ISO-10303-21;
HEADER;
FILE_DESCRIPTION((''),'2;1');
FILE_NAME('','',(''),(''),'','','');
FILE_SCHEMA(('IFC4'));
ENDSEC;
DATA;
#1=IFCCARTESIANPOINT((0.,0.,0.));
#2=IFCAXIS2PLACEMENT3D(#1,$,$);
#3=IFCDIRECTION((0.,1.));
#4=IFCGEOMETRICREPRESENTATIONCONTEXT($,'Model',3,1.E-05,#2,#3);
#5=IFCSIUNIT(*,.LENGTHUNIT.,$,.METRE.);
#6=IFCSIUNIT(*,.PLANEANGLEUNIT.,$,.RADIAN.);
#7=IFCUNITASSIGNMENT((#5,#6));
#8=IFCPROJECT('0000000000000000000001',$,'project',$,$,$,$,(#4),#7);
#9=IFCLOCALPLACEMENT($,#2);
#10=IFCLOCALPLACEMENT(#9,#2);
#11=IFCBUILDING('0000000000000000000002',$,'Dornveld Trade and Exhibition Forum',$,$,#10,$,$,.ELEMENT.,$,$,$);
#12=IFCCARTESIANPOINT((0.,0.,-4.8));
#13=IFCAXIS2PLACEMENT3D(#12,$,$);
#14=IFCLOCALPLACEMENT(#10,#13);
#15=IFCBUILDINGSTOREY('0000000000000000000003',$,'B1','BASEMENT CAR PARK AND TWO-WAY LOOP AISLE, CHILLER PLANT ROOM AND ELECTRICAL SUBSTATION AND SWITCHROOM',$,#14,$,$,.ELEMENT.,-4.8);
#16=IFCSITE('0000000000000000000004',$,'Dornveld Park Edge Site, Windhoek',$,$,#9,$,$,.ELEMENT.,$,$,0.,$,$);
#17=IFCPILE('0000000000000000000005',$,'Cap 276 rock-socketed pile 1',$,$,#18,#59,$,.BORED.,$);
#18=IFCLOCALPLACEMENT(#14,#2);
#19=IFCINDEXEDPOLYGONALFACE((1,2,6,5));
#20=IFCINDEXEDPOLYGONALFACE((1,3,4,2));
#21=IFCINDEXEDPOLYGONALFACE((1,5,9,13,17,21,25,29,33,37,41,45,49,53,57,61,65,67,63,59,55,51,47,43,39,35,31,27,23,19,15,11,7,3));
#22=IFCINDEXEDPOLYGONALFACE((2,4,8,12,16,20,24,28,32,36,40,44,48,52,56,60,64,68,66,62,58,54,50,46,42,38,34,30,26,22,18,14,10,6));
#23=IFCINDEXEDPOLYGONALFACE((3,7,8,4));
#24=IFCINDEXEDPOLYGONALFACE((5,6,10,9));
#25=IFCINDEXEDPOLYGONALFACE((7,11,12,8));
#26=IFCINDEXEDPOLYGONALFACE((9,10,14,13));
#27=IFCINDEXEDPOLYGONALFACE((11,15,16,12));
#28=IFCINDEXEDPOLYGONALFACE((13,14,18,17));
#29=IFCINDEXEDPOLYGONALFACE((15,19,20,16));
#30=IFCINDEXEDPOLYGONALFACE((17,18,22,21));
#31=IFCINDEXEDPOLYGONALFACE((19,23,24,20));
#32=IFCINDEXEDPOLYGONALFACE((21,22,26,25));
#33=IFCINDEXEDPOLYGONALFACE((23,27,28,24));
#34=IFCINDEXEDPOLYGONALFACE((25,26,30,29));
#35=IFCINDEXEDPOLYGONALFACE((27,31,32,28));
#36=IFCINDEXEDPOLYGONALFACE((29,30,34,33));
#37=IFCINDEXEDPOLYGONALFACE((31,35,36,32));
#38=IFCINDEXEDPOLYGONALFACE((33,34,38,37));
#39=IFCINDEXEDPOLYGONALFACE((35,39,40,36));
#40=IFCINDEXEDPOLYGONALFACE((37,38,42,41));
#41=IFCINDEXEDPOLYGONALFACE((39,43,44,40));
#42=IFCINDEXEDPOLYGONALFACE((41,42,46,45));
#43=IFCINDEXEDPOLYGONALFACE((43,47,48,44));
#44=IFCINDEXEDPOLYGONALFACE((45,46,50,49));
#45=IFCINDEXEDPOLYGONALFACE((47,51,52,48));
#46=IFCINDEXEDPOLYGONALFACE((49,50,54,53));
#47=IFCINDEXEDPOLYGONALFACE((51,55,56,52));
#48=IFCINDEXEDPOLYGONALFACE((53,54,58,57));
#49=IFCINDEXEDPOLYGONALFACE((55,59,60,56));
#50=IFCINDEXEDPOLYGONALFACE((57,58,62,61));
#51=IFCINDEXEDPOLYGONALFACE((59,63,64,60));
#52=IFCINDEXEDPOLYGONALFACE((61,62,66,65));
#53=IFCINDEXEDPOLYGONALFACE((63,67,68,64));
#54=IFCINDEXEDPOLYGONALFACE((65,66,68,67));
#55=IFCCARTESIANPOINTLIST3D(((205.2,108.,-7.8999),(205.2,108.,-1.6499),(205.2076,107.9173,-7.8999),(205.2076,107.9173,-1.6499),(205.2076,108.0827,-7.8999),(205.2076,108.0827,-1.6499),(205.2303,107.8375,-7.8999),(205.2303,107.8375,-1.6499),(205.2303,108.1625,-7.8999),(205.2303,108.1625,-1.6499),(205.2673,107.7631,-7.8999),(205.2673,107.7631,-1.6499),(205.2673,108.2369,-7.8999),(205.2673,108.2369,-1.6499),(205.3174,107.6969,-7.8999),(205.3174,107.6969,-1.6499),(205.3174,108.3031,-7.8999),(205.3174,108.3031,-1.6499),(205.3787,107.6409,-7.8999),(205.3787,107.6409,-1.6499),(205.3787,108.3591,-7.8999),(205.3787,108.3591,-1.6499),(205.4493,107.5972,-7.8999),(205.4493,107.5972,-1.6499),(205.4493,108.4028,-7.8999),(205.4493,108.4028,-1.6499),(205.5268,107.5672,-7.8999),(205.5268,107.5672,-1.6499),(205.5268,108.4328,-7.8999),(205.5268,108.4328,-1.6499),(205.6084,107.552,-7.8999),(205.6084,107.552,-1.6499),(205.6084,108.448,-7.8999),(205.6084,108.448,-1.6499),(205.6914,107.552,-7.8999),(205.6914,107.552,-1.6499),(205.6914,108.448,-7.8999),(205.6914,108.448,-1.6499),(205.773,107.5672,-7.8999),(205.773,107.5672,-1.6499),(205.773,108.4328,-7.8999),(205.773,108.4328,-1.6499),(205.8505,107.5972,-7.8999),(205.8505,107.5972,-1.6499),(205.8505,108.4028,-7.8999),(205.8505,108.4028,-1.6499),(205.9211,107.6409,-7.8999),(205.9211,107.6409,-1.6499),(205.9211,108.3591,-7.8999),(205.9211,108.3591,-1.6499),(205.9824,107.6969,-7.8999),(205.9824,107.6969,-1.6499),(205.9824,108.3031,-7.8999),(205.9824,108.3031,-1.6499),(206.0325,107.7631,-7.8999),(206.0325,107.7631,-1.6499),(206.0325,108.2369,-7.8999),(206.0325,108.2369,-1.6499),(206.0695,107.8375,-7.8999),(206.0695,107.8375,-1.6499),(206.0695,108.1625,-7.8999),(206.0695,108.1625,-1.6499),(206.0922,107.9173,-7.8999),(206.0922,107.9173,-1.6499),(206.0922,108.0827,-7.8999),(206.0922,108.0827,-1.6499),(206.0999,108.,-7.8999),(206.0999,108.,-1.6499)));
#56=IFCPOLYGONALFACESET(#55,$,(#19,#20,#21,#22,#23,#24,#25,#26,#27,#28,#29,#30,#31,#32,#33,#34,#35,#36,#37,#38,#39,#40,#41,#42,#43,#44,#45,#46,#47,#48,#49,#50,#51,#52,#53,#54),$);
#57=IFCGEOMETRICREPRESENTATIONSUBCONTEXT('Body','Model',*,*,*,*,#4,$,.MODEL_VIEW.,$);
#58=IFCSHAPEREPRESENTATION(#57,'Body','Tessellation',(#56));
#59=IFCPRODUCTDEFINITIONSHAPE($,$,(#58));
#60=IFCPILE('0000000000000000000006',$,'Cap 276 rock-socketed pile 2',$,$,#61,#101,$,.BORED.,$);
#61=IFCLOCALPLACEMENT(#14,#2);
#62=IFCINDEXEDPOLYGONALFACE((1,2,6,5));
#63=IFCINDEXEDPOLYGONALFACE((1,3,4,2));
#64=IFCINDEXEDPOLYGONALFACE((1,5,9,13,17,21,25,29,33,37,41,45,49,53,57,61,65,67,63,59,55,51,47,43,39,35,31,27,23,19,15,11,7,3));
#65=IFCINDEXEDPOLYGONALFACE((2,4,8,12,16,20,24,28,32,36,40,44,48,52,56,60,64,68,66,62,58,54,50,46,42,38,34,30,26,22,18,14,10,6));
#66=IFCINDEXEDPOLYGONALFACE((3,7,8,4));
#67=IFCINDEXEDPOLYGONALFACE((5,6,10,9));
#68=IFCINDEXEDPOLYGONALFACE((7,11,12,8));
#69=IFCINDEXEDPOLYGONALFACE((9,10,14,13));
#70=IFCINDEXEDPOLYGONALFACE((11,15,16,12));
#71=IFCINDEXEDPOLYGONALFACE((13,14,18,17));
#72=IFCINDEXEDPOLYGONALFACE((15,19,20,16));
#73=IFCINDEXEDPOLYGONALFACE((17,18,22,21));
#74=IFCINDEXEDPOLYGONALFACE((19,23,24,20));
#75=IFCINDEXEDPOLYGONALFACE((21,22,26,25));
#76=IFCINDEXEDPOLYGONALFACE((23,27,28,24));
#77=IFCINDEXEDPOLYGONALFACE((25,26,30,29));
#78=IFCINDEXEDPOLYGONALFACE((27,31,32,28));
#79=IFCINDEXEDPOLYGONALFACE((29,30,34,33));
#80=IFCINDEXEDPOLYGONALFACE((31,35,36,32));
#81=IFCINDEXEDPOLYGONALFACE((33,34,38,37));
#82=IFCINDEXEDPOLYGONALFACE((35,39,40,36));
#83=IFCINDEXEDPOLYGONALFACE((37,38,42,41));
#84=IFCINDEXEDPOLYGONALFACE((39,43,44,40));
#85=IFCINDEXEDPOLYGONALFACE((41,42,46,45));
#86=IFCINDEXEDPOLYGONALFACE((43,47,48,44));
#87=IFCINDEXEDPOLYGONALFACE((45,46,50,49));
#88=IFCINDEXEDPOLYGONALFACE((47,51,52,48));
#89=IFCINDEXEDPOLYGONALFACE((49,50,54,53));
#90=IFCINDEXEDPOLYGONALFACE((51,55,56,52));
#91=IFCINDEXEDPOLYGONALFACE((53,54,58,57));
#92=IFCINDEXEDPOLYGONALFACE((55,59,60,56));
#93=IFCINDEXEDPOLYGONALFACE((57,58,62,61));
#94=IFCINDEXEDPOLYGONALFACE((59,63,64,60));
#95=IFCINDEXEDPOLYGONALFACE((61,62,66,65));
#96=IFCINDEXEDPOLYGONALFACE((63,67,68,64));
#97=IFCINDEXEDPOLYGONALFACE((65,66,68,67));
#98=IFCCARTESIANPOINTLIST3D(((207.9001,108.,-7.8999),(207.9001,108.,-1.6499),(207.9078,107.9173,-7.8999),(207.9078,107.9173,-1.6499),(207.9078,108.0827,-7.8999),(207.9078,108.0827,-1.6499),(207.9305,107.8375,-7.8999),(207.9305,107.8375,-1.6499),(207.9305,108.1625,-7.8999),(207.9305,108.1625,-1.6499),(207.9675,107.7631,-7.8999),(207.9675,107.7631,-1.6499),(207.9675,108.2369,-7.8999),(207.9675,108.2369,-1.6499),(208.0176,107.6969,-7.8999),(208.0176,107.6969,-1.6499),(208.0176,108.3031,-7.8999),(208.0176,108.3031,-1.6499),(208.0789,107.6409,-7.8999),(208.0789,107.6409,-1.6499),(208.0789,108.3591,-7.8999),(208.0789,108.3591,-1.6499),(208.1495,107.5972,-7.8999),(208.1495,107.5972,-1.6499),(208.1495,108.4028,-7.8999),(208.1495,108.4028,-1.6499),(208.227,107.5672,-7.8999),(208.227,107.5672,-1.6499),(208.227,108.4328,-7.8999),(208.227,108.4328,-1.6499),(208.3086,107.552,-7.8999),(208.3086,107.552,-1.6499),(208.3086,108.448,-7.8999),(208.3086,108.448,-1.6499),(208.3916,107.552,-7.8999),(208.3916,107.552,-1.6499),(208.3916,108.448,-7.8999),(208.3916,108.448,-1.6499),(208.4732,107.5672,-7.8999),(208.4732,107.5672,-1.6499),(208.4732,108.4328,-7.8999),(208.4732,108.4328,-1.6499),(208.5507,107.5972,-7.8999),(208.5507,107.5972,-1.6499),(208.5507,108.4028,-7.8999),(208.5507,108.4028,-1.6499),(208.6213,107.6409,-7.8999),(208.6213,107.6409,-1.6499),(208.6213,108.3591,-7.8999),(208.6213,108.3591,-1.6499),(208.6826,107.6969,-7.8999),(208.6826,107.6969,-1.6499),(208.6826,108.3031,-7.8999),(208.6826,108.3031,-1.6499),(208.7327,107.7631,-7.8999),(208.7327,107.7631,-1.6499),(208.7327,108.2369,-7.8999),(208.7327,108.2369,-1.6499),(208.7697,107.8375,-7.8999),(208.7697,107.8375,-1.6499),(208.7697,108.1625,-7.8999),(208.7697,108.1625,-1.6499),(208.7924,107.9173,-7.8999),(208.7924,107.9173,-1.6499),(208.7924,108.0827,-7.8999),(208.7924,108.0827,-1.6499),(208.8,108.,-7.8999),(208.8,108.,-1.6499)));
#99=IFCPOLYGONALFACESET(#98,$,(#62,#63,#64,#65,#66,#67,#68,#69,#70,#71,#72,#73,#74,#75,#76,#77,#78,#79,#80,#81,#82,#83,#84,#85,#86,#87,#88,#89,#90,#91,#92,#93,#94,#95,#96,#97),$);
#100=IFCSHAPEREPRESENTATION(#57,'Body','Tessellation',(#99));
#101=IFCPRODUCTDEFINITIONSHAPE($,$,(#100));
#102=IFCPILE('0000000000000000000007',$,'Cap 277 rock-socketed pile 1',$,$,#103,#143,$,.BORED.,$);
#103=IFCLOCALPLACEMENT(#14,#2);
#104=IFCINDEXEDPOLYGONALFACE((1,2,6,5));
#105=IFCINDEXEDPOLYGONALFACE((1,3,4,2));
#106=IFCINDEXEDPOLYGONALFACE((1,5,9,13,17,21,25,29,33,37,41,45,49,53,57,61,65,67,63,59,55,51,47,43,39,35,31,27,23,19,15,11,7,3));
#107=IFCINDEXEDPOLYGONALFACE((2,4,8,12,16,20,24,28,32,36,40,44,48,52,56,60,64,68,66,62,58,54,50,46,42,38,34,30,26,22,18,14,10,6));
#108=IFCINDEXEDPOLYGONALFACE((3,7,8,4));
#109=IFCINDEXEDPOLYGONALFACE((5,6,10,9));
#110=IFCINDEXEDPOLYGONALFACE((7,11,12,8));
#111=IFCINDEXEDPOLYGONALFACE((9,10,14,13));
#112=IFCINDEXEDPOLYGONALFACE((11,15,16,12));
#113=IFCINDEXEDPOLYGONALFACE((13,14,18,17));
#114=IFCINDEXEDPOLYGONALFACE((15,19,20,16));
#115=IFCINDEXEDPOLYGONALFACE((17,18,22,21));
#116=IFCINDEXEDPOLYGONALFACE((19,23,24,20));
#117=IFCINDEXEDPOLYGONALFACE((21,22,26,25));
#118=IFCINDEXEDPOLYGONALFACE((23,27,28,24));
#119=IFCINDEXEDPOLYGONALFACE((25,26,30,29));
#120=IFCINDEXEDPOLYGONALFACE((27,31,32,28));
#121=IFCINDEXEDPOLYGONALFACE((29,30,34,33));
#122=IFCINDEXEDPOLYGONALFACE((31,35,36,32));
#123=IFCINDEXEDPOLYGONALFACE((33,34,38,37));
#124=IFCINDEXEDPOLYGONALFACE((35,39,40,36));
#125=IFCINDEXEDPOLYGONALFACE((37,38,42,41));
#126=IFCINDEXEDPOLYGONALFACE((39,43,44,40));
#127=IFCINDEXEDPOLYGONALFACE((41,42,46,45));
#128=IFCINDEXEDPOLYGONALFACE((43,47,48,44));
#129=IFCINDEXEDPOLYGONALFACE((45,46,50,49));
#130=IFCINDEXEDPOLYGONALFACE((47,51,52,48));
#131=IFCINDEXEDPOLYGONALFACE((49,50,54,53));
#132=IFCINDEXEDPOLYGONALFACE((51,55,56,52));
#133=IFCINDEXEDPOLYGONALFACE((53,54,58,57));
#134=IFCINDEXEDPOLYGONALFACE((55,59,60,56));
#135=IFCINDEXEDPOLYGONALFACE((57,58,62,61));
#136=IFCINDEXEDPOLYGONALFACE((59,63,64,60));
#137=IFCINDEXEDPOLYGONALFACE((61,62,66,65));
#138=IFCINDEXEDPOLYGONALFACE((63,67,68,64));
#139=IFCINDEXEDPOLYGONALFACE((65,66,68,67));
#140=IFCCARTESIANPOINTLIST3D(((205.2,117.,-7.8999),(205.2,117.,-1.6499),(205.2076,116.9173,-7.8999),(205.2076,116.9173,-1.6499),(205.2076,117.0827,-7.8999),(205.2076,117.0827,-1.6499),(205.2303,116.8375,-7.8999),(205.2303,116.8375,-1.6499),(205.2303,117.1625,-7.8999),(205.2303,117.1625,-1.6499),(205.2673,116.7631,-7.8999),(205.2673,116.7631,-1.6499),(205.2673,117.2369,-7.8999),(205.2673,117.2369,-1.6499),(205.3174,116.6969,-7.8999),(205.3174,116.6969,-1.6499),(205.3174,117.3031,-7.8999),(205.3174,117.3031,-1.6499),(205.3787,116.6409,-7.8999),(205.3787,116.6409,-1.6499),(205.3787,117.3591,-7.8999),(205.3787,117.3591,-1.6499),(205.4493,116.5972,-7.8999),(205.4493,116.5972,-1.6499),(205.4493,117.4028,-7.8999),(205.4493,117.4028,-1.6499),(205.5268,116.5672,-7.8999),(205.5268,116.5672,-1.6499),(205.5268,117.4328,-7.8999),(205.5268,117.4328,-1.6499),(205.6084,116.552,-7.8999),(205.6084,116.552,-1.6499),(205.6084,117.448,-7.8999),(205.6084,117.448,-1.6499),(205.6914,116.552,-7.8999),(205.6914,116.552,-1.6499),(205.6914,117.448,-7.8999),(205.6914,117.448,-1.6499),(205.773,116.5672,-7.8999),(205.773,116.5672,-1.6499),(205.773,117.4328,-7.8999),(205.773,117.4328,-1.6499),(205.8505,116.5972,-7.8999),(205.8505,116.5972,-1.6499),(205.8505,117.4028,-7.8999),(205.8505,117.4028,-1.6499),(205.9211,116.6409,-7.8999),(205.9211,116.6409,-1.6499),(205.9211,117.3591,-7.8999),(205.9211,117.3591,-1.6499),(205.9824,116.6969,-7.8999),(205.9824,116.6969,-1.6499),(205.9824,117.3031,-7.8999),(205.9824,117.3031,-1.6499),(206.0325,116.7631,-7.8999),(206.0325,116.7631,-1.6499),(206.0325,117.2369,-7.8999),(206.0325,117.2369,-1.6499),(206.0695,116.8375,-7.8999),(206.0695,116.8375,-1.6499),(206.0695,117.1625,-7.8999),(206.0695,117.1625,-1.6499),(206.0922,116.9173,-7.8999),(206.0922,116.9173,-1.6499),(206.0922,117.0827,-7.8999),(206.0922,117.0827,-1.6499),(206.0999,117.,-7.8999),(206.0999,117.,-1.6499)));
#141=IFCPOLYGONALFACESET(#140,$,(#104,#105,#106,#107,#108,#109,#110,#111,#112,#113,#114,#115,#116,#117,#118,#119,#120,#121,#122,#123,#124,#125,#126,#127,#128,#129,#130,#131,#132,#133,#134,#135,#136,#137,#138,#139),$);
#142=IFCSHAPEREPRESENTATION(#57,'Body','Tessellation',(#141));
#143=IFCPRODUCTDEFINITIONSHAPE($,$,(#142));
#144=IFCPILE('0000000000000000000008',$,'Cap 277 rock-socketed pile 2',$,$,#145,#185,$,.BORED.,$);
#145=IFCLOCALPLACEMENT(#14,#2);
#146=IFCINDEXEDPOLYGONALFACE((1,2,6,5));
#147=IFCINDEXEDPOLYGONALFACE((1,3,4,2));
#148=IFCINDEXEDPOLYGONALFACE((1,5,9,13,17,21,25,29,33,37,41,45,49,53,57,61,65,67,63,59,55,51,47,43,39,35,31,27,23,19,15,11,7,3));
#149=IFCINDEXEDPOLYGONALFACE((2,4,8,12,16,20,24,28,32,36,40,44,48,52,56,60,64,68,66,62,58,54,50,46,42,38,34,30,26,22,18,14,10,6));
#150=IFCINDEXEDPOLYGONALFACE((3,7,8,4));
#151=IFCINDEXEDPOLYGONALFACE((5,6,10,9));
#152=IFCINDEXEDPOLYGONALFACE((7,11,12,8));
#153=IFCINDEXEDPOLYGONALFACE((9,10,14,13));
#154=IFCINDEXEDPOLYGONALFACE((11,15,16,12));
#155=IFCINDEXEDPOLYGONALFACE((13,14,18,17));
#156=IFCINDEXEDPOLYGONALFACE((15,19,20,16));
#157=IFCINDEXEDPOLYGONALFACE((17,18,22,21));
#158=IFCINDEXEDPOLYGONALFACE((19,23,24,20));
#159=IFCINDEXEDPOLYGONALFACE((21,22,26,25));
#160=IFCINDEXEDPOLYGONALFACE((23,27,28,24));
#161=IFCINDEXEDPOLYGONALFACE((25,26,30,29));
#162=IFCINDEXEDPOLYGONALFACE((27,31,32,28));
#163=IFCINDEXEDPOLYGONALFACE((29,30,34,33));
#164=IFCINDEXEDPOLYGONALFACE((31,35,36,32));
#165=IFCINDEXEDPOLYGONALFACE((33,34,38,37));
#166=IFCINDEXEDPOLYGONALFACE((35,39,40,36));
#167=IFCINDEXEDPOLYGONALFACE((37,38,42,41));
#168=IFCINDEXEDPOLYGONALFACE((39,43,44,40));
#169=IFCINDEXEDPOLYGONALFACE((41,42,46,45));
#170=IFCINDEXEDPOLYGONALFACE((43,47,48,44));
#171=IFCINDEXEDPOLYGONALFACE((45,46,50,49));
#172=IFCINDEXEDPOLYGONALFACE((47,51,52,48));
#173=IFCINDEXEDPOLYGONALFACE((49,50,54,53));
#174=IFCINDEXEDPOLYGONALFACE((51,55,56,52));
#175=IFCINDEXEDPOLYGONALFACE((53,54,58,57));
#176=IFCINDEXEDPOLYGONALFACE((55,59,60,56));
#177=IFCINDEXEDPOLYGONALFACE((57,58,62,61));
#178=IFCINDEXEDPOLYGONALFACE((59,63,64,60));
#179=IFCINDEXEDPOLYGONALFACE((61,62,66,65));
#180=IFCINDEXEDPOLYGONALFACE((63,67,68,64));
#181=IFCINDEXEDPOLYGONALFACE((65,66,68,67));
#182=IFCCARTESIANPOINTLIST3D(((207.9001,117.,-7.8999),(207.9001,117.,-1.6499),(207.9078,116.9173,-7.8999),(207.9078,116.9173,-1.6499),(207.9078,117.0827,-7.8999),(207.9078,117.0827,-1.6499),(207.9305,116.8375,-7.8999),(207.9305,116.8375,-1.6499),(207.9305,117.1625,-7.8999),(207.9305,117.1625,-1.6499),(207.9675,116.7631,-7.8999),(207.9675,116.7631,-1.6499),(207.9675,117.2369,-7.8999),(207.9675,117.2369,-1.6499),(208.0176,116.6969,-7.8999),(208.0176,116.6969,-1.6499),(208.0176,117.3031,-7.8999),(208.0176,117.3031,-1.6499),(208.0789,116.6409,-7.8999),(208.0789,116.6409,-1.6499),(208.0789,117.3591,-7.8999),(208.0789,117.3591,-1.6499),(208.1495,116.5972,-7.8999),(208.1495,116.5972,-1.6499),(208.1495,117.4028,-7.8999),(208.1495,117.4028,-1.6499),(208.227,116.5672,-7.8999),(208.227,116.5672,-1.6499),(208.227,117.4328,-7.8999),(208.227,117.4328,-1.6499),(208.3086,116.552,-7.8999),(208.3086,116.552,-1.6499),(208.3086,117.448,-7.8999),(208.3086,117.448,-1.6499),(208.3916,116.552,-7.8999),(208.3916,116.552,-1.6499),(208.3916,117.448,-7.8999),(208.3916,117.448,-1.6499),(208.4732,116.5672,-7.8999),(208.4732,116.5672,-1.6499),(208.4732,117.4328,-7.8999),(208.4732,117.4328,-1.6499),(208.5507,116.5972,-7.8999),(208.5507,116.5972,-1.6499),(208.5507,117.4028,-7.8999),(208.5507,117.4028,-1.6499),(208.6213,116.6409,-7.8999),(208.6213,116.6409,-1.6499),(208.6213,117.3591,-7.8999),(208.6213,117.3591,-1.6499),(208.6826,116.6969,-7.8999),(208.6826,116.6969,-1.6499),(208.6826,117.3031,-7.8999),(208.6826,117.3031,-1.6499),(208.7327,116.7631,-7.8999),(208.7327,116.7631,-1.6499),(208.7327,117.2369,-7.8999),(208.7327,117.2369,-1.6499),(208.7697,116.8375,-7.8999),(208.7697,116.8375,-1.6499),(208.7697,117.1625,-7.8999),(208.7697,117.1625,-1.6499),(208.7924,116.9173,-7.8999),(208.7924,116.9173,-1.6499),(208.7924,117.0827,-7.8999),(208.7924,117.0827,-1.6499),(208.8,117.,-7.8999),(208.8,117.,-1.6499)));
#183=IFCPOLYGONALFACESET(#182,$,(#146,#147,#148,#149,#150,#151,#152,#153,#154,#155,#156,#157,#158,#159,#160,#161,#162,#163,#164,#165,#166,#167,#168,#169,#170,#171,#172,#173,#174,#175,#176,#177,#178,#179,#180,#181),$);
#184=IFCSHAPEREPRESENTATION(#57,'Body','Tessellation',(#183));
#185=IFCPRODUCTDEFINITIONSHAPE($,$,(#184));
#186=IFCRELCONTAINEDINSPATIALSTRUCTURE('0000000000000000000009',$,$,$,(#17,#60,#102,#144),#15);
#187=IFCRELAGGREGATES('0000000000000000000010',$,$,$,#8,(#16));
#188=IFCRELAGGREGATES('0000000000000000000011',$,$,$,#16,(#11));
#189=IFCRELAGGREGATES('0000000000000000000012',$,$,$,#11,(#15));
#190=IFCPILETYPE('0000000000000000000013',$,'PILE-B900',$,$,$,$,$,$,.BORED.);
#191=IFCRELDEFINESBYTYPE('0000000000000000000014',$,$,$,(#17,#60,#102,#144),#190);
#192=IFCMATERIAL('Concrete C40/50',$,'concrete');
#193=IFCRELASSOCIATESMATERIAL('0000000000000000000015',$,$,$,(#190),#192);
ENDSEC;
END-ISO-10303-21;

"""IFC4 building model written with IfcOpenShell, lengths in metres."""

from ifc_helpers import new_model, si_unit, direction, frame, origin, origin_2d, place, context, subcontext, project, spatial, circle, extrude, material, material_profile, profile_set, type_object, element, save


model = new_model("IFC4")

# Units and contexts
model_context = context("Model", 3, precision=1e-05, world=origin(), true_north=direction((0.0, 1.0)))
body_context = subcontext(model_context, "Body", "Model", "MODEL_VIEW")
ifc_project = project(units=[si_unit("LENGTHUNIT", "METRE"), si_unit("PLANEANGLEUNIT", "RADIAN")], contexts=[model_context])

# Site, building, storey
site_placement = place(None, origin())
site = spatial("IfcSite", under=ifc_project, at=site_placement, Name="Dornveld Park Edge Site, Windhoek", CompositionType="ELEMENT", RefElevation=0.0)
building_placement = place(site_placement, origin())
building = spatial("IfcBuilding", under=site, at=building_placement, Name="Dornveld Trade and Exhibition Forum", CompositionType="ELEMENT")
storey_placement = place(building_placement, frame((0.0, 0.0, -4.8)))
storey = spatial("IfcBuildingStorey", under=building, at=storey_placement, Name="B1", Description="BASEMENT CAR PARK AND TWO-WAY LOOP AISLE, CHILLER PLANT ROOM AND ELECTRICAL SUBSTATION AND SWITCHROOM", CompositionType="ELEMENT", Elevation=-4.8)

# Piles
ifc_material_1 = material(Name="Concrete C40/50", Category="concrete")
ifc_material_profile_1 = material_profile(ifc_material_1, circle(Radius=0.45, at=origin_2d()), Name="PILE D900")
ifc_profile_set_1 = profile_set([ifc_material_profile_1], Name="Concrete C40/50")
pile_type_1 = type_object("IfcPileType", Name="PILE-B900", PredefinedType="BORED", material=ifc_profile_set_1)
for number, where, z_axis, x_axis, name in (
    (1, (205.6499, 108.0, -1.6499), (0.0, 0.0, -1.0), (1.0, 0.0, 0.0), "Cap 276 rock-socketed pile 1"),
    (2, (208.3501, 108.0, -1.6499), (0.0, 0.0, -1.0), (1.0, 0.0, 0.0), "Cap 276 rock-socketed pile 2"),
    (3, (205.6499, 117.0, -1.6499), (0.0, 0.0, -1.0), (1.0, 0.0, 0.0), "Cap 277 rock-socketed pile 1"),
    (4, (208.3501, 117.0, -1.6499), (0.0, 0.0, -1.0), (1.0, 0.0, 0.0), "Cap 277 rock-socketed pile 2"),
):
    element("IfcPile", number, at=place(storey_placement, frame(where, z_axis=z_axis, x_axis=x_axis)), inside=storey, type_object=pile_type_1, Name=name, PredefinedType="BORED", context=body_context, shape_type="SweptSolid", body=[
        extrude(circle(Radius=0.45, at=origin_2d()), origin(), (0.0, 0.0, 1.0), 6.25),
    ])

save(model, "model.ifc")
